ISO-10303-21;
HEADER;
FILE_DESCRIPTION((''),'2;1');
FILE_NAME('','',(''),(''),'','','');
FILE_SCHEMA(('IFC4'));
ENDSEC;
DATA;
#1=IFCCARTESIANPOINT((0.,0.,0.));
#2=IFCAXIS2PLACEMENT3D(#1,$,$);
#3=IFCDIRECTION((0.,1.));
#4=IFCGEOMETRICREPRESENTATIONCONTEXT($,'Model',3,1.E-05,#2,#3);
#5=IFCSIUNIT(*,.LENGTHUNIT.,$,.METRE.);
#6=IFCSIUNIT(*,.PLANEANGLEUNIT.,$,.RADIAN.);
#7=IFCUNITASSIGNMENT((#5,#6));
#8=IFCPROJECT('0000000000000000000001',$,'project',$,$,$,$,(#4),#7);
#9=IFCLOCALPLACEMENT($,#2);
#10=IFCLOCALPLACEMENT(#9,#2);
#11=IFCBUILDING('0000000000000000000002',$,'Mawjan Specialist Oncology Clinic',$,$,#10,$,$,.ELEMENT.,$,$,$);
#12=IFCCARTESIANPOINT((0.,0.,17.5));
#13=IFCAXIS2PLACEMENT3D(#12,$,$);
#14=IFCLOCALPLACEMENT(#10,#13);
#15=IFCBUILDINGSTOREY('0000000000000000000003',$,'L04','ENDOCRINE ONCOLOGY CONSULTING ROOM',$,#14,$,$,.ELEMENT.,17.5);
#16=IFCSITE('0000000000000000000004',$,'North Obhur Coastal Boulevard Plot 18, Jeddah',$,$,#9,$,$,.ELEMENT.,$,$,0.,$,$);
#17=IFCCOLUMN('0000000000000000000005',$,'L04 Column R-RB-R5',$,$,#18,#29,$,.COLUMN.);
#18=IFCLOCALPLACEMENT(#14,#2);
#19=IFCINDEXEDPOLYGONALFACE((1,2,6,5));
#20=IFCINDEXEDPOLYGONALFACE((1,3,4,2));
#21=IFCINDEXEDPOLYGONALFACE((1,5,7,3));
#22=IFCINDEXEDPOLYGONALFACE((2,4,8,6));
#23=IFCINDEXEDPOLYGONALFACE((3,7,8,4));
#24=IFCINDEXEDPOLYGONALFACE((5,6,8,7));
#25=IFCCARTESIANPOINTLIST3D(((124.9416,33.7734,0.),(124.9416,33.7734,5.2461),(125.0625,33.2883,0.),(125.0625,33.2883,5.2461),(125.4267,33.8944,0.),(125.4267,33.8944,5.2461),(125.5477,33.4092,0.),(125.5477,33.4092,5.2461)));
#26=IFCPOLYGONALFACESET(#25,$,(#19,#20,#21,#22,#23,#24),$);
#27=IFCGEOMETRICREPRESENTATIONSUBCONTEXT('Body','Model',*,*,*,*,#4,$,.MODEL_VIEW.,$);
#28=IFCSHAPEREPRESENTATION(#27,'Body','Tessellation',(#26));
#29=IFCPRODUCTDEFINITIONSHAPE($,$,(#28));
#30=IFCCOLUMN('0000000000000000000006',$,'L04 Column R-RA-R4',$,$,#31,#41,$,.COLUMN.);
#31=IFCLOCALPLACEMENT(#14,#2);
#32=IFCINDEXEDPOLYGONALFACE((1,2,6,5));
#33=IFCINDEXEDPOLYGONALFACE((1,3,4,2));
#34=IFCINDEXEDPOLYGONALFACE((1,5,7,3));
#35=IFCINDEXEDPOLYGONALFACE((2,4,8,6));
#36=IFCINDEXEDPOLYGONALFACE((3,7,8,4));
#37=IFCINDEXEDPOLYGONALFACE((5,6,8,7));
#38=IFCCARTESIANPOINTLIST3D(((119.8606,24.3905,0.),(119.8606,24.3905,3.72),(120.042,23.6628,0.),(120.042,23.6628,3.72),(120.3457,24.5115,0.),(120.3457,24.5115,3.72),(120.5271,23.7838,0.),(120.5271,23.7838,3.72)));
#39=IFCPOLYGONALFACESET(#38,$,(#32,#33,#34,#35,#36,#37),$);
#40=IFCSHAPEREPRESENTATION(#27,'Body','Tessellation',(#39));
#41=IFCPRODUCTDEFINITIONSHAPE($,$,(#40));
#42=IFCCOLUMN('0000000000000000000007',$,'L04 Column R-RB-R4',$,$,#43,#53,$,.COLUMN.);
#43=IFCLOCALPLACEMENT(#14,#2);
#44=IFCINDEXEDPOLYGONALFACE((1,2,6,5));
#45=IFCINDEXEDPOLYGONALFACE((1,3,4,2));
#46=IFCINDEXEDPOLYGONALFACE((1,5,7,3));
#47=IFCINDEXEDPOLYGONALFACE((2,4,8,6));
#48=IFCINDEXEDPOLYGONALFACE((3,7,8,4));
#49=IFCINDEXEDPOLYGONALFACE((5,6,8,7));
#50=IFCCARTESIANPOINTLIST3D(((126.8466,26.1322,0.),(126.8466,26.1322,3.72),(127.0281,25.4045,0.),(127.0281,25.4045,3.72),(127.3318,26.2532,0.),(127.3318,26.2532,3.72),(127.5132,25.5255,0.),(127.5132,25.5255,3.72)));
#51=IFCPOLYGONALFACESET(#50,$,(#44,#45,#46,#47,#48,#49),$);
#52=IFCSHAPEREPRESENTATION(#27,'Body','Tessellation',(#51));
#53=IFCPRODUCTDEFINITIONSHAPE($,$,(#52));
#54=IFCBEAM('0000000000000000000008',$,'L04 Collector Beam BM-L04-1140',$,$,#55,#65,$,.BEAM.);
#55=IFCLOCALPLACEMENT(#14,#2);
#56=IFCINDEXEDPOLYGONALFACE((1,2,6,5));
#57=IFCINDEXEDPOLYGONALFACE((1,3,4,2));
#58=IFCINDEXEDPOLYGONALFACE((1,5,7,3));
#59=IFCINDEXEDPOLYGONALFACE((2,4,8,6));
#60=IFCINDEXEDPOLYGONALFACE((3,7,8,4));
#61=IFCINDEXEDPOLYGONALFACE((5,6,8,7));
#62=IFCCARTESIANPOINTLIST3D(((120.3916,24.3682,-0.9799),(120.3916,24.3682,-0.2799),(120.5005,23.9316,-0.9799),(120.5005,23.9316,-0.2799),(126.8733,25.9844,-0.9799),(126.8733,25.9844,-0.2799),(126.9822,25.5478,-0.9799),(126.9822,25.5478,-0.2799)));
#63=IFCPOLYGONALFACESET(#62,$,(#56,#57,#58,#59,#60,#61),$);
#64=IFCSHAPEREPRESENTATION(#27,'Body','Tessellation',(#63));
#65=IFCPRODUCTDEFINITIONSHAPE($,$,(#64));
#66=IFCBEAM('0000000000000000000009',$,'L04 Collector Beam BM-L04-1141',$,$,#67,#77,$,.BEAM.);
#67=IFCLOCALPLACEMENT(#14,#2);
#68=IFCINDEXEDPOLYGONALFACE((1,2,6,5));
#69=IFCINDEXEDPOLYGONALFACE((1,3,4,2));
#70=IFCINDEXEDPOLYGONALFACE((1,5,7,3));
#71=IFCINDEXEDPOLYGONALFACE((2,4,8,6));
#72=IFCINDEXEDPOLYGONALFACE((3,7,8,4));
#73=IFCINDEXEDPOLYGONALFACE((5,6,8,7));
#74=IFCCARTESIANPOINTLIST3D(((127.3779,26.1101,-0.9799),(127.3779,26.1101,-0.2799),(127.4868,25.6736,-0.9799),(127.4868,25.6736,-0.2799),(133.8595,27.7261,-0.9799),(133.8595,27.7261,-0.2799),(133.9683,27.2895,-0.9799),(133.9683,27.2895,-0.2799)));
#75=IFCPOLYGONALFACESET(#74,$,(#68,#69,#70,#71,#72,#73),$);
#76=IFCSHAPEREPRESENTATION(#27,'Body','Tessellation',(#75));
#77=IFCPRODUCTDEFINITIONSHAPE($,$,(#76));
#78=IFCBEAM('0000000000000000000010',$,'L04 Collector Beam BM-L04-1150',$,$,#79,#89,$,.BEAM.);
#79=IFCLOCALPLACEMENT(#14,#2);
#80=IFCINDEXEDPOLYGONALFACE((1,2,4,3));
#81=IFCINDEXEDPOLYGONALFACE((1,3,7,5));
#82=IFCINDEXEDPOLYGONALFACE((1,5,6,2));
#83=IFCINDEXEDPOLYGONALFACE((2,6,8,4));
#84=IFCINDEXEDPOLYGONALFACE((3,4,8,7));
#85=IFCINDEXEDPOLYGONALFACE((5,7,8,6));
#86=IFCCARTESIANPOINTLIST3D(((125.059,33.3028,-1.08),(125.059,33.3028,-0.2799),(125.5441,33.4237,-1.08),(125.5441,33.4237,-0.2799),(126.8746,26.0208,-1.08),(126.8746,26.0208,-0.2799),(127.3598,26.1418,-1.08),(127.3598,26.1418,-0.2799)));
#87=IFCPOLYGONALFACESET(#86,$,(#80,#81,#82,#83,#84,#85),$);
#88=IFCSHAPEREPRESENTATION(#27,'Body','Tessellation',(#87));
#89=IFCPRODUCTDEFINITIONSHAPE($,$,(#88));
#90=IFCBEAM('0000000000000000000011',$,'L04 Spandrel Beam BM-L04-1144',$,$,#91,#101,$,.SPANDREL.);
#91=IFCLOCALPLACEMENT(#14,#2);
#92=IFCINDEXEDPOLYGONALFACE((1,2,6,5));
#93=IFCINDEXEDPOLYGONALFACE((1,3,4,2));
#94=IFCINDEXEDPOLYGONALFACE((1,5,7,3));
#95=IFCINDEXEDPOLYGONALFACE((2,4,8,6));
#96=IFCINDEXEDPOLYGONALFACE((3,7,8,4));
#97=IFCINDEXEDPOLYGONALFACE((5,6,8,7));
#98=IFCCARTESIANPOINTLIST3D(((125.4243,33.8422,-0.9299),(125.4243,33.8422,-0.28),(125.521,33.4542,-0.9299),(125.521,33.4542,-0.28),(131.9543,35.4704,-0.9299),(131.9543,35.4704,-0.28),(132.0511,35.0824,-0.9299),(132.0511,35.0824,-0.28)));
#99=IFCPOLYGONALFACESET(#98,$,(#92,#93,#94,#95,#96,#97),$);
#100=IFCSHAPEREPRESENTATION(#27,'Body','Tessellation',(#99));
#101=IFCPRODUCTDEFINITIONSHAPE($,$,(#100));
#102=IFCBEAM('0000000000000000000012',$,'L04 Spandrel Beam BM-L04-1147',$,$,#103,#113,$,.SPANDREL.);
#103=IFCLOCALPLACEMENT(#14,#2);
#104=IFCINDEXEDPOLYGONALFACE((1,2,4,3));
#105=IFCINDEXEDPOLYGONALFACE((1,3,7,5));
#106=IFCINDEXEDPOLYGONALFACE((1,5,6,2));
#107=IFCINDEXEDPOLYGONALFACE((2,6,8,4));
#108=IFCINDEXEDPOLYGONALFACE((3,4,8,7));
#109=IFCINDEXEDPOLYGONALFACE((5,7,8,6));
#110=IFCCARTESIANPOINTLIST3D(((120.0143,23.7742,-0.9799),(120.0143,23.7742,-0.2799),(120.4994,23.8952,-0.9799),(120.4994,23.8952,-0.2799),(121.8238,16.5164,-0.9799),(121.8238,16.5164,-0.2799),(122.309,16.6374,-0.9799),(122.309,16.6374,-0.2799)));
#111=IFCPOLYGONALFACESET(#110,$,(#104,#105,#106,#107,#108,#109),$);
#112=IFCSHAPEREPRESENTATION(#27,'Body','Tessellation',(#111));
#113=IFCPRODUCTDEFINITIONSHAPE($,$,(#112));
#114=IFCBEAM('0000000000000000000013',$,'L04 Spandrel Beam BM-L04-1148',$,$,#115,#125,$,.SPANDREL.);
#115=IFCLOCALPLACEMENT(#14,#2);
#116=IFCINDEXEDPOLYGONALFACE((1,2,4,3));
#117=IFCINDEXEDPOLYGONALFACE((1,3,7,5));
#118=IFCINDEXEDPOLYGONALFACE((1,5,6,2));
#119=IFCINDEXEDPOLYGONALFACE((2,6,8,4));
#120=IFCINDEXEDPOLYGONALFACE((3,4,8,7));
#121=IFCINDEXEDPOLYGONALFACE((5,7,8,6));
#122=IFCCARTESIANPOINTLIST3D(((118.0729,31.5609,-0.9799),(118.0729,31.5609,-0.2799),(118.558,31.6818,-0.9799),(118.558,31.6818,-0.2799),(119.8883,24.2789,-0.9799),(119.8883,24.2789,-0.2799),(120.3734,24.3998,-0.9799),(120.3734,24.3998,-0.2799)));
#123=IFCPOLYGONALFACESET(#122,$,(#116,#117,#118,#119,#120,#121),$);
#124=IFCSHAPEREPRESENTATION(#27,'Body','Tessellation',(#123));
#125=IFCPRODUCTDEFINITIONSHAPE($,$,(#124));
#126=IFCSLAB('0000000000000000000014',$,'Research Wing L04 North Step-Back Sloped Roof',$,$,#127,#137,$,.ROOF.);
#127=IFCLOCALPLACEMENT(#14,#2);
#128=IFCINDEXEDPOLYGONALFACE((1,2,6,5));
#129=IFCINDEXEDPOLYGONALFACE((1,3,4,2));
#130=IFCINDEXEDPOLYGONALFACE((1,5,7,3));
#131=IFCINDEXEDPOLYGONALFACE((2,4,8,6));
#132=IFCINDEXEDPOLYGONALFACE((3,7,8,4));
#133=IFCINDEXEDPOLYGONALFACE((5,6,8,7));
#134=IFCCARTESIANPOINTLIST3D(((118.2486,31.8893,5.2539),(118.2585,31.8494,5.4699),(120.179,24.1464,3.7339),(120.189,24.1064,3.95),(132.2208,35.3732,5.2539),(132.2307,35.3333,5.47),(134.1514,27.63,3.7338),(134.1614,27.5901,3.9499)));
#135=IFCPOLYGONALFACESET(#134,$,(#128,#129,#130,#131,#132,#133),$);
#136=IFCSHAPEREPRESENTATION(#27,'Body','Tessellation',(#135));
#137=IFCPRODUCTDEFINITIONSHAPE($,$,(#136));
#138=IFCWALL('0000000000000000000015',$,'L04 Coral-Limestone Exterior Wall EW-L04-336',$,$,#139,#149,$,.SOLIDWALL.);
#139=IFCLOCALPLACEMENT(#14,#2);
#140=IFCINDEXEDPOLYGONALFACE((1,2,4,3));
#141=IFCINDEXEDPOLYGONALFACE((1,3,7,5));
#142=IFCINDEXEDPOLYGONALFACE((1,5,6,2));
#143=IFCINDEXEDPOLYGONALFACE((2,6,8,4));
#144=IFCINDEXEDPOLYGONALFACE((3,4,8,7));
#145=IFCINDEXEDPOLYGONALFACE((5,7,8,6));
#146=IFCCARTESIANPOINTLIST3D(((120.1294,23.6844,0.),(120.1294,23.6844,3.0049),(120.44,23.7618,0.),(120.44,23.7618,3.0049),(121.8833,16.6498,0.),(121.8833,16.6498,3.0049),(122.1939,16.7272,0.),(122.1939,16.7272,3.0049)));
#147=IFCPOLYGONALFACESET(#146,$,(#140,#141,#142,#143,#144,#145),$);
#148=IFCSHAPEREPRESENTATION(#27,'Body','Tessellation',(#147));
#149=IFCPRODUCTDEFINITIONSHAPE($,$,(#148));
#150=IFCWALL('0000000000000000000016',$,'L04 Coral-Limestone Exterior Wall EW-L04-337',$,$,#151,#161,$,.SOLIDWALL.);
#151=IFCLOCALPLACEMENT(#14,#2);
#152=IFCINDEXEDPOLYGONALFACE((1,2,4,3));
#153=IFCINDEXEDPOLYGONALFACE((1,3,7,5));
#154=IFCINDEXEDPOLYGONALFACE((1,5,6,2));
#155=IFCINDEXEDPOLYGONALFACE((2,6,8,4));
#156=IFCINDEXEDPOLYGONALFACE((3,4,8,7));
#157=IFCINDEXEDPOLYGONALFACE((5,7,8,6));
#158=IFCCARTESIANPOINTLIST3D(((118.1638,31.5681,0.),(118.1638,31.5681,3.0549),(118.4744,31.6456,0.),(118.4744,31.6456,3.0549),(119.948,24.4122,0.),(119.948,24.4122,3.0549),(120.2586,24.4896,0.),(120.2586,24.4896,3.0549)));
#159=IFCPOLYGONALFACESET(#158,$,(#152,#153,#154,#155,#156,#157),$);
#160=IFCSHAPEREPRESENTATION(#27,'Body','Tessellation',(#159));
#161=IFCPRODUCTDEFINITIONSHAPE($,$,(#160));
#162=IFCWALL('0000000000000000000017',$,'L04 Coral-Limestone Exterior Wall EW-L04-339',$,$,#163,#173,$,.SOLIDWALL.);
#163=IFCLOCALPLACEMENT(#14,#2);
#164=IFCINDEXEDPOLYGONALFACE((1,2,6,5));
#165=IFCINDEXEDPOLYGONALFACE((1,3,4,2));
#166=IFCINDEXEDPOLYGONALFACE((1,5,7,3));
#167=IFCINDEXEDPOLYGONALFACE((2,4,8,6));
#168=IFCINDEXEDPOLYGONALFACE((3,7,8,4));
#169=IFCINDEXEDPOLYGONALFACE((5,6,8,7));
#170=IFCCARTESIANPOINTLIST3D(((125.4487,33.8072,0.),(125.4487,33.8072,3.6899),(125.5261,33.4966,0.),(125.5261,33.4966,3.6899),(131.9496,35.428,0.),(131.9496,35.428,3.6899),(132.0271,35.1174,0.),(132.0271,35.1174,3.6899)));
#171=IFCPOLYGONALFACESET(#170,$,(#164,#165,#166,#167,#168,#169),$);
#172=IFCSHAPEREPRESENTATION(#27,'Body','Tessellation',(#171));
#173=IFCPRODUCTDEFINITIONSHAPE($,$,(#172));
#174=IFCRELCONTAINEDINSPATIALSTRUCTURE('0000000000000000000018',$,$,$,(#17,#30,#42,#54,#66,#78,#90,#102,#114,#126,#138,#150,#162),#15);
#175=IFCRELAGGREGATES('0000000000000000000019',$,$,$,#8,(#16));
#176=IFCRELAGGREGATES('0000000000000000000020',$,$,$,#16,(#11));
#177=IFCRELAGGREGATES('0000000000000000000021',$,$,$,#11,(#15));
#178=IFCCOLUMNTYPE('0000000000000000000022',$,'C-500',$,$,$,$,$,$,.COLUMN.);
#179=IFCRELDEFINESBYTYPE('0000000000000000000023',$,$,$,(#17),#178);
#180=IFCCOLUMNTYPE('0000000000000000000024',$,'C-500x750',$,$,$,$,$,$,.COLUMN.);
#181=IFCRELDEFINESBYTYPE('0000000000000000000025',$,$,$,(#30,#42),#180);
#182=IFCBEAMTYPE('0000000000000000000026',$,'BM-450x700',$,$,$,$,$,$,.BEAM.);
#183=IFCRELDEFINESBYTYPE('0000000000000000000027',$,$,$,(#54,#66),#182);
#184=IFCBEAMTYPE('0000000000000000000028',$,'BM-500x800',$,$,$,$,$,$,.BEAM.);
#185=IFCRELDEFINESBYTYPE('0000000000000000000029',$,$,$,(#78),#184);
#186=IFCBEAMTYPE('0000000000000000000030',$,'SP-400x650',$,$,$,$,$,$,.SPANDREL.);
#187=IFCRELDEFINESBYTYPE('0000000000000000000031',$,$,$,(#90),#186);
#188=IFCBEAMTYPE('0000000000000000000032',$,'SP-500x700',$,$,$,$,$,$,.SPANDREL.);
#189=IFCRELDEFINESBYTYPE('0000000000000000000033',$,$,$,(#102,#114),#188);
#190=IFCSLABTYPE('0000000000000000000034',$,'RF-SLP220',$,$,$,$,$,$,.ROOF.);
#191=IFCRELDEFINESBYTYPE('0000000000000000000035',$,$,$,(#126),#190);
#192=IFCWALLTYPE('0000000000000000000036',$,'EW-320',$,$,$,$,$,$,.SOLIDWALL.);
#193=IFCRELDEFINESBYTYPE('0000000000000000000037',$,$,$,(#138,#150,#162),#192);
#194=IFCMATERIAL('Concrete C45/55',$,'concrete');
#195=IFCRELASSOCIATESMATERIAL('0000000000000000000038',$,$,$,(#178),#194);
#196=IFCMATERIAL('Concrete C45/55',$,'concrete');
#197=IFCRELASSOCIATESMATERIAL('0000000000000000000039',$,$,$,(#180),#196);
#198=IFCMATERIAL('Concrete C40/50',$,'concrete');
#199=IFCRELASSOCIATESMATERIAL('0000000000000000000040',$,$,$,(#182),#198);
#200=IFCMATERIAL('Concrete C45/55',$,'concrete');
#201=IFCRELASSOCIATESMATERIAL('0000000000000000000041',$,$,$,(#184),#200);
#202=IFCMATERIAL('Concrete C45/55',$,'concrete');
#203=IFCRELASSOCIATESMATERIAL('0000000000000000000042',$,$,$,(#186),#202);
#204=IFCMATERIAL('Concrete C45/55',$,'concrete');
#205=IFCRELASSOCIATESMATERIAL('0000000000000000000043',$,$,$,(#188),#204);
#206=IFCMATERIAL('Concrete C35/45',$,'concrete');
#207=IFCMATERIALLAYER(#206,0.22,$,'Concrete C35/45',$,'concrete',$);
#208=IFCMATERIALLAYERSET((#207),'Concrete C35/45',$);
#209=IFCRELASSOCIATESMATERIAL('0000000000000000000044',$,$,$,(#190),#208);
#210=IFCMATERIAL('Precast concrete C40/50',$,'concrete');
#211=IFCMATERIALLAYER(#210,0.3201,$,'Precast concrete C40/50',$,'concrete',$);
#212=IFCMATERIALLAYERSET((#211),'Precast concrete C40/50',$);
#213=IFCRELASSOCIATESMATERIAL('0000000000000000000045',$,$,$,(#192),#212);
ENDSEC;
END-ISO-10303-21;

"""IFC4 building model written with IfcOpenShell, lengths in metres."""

from ifc_helpers import new_model, si_unit, direction, frame, frame_2d, origin, origin_2d, place, context, subcontext, project, spatial, polyline, rectangle, outline, extrude, material, layer, layer_set, material_profile, profile_set, type_object, element, save


model = new_model("IFC4")

# Units and contexts
model_context = context("Model", 3, precision=1e-05, world=origin(), true_north=direction((0.0, 1.0)))
body_context = subcontext(model_context, "Body", "Model", "MODEL_VIEW")
ifc_project = project(units=[si_unit("LENGTHUNIT", "METRE"), si_unit("PLANEANGLEUNIT", "RADIAN")], contexts=[model_context])

# Site, building, storey
site_placement = place(None, origin())
site = spatial("IfcSite", under=ifc_project, at=site_placement, Name="North Obhur Coastal Boulevard Plot 18, Jeddah", CompositionType="ELEMENT", RefElevation=0.0)
building_placement = place(site_placement, origin())
building = spatial("IfcBuilding", under=site, at=building_placement, Name="Mawjan Specialist Oncology Clinic", CompositionType="ELEMENT")
storey_placement = place(building_placement, frame((0.0, 0.0, 17.5)))
storey = spatial("IfcBuildingStorey", under=building, at=storey_placement, Name="L04", Description="ENDOCRINE ONCOLOGY CONSULTING ROOM", CompositionType="ELEMENT", Elevation=17.5)

# Columns
ifc_material_1 = material(Name="Concrete C45/55", Category="concrete")
ifc_material_profile_1 = material_profile(ifc_material_1, rectangle(XDim=0.5, YDim=0.5, at=origin_2d()), Name="RC COL 500x500", Category="concrete")
ifc_profile_set_1 = profile_set([ifc_material_profile_1], Name="Concrete C45/55")
column_type_1 = type_object("IfcColumnType", Name="C-500", PredefinedType="COLUMN", material=ifc_profile_set_1)
column_placement = place(storey_placement, frame((125.2446, 33.5913, 0.0), z_axis=(0.0, 0.0, 1.0), x_axis=(0.970296, 0.241922, 0.0)))
element("IfcColumn", 1, at=column_placement, inside=storey, type_object=column_type_1, Name="L04 Column R-RB-R5", PredefinedType="COLUMN", context=body_context, shape_type="SweptSolid", body=[
    extrude(rectangle(XDim=0.5, YDim=0.5, at=origin_2d()), origin(), (0.0, 0.0, 1.0), 5.2461),
])
ifc_material_2 = material(Name="Concrete C45/55", Category="concrete")
ifc_material_profile_2 = material_profile(ifc_material_2, rectangle(XDim=0.5, YDim=0.75, at=origin_2d()), Name="RC COL 500x750", Category="concrete")
ifc_profile_set_2 = profile_set([ifc_material_profile_2], Name="Concrete C45/55")
column_type_2 = type_object("IfcColumnType", Name="C-500x750", PredefinedType="COLUMN", material=ifc_profile_set_2)
for number, where, z_axis, x_axis, name in (
    (2, (120.1938, 24.0872, 0.0), (0.0, 0.0, 1.0), (0.970296, 0.241922, 0.0), "L04 Column R-RA-R4"),
    (3, (127.1799, 25.8289, 0.0), (0.0, 0.0, 1.0), (0.970296, 0.241922, 0.0), "L04 Column R-RB-R4"),
):
    element("IfcColumn", number, at=place(storey_placement, frame(where, z_axis=z_axis, x_axis=x_axis)), inside=storey, type_object=column_type_2, Name=name, PredefinedType="COLUMN", context=body_context, shape_type="SweptSolid", body=[
        extrude(rectangle(XDim=0.5, YDim=0.75, at=origin_2d()), origin(), (0.0, 0.0, 1.0), 3.72),
    ])

# Beams
ifc_material_3 = material(Name="Concrete C40/50", Category="concrete")
ifc_material_profile_3 = material_profile(ifc_material_3, rectangle(XDim=0.45, YDim=0.7, at=origin_2d()), Name="RC BM 450x700", Category="concrete")
ifc_profile_set_3 = profile_set([ifc_material_profile_3], Name="Concrete C40/50")
beam_type_1 = type_object("IfcBeamType", Name="BM-450x700", PredefinedType="BEAM", material=ifc_profile_set_3)
beam_1_placement = place(storey_placement, frame((120.446, 24.1499, -0.6299), z_axis=(0.970291, 0.241942, 0.0), x_axis=(-0.241942, 0.970291, 0.0)))
element("IfcBeam", 4, at=beam_1_placement, inside=storey, type_object=beam_type_1, Name="L04 Collector Beam BM-L04-1140", PredefinedType="BEAM", context=body_context, shape_type="SweptSolid", body=[
    extrude(rectangle(XDim=0.45, YDim=0.7, at=origin_2d()), origin(), (0.0, 0.0, 1.0), 6.6802),
])
beam_2_placement = place(storey_placement, frame((127.4324, 25.8918, -0.6299), z_axis=(0.970297, 0.241916, 0.0), x_axis=(-0.241916, 0.970297, 0.0)))
element("IfcBeam", 5, at=beam_2_placement, inside=storey, type_object=beam_type_1, Name="L04 Collector Beam BM-L04-1141", PredefinedType="BEAM", context=body_context, shape_type="SweptSolid", body=[
    extrude(rectangle(XDim=0.45, YDim=0.7, at=origin_2d()), origin(), (0.0, 0.0, 1.0), 6.6799),
])
ifc_material_4 = material(Name="Concrete C45/55", Category="concrete")
ifc_material_profile_4 = material_profile(ifc_material_4, rectangle(XDim=0.5, YDim=0.8, at=origin_2d()), Name="RC BM 500x800", Category="concrete")
ifc_profile_set_4 = profile_set([ifc_material_profile_4], Name="Concrete C45/55")
beam_type_2 = type_object("IfcBeamType", Name="BM-500x800", PredefinedType="BEAM", material=ifc_profile_set_4)
beam_3_placement = place(storey_placement, frame((127.1172, 26.0813, -0.6799), z_axis=(-0.241931, 0.970293, 0.0), x_axis=(-0.970293, -0.241931, 0.0)))
element("IfcBeam", 6, at=beam_3_placement, inside=storey, type_object=beam_type_2, Name="L04 Collector Beam BM-L04-1150", PredefinedType="BEAM", context=body_context, shape_type="SweptSolid", body=[
    extrude(rectangle(XDim=0.5, YDim=0.8, at=origin_2d()), origin(), (0.0, 0.0, 1.0), 7.5049),
])
ifc_material_5 = material(Name="Concrete C45/55", Category="concrete")
ifc_material_profile_5 = material_profile(ifc_material_5, rectangle(XDim=0.3999, YDim=0.6499, at=origin_2d()), Name="RC BM 400x650", Category="concrete")
ifc_profile_set_5 = profile_set([ifc_material_profile_5], Name="Concrete C45/55")
beam_type_3 = type_object("IfcBeamType", Name="SP-400x650", PredefinedType="SPANDREL", material=ifc_profile_set_5)
beam_4_placement = place(storey_placement, frame((125.4727, 33.6482, -0.605), z_axis=(0.970294, 0.24193, 0.0), x_axis=(-0.24193, 0.970294, 0.0)))
element("IfcBeam", 7, at=beam_4_placement, inside=storey, type_object=beam_type_3, Name="L04 Spandrel Beam BM-L04-1144", PredefinedType="SPANDREL", context=body_context, shape_type="SweptSolid", body=[
    extrude(rectangle(XDim=0.3999, YDim=0.6499, at=origin_2d()), origin(), (0.0, 0.0, 1.0), 6.73),
])
ifc_material_6 = material(Name="Concrete C45/55", Category="concrete")
ifc_material_profile_6 = material_profile(ifc_material_6, rectangle(XDim=0.5, YDim=0.7, at=origin_2d()), Name="RC BM 500x700", Category="concrete")
ifc_profile_set_6 = profile_set([ifc_material_profile_6], Name="Concrete C45/55")
beam_type_4 = type_object("IfcBeamType", Name="SP-500x700", PredefinedType="SPANDREL", material=ifc_profile_set_6)
beam_5_placement = place(storey_placement, frame((122.0664, 16.5769, -0.6299), z_axis=(-0.241921, 0.970296, 0.0), x_axis=(-0.970296, -0.241921, 0.0)))
element("IfcBeam", 8, at=beam_5_placement, inside=storey, type_object=beam_type_4, Name="L04 Spandrel Beam BM-L04-1147", PredefinedType="SPANDREL", context=body_context, shape_type="SweptSolid", body=[
    extrude(rectangle(XDim=0.5, YDim=0.7, at=origin_2d()), origin(), (0.0, 0.0, 1.0), 7.48),
])
beam_6_placement = place(storey_placement, frame((120.1309, 24.3394, -0.6299), z_axis=(-0.2419, 0.970301, 0.0), x_axis=(-0.970301, -0.2419, 0.0)))
element("IfcBeam", 9, at=beam_6_placement, inside=storey, type_object=beam_type_4, Name="L04 Spandrel Beam BM-L04-1148", PredefinedType="SPANDREL", context=body_context, shape_type="SweptSolid", body=[
    extrude(rectangle(XDim=0.5, YDim=0.7, at=origin_2d()), origin(), (0.0, 0.0, 1.0), 7.5049),
])

# Slab
ifc_material_7 = material(Name="Concrete C35/45", Category="concrete")
ifc_layer_1 = layer(ifc_material_7, 0.22, Name="Concrete C35/45", Category="concrete")
ifc_layer_set_1 = layer_set([ifc_layer_1], Name="Concrete C35/45")
slab_type = type_object("IfcSlabType", Name="RF-SLP220", PredefinedType="ROOF", material=ifc_layer_set_1)
slab_placement = place(storey_placement, frame((120.189, 24.1064, 3.95), z_axis=(0.045268, -0.181554, 0.982338), x_axis=(0.970297, 0.241918, -0.000002)))
element("IfcSlab", 10, at=slab_placement, inside=storey, type_object=slab_type, Name="Research Wing L04 North Step-Back Sloped Roof", PredefinedType="ROOF", context=body_context, shape_type="SweptSolid", body=[
    extrude(outline(polyline([(0.0, 0.0), (14.4001, 0.0), (14.4, 8.1237), (0.0001, 8.1234), (0.0, 0.0)])), origin(), (0.0, 0.0, -1.0), 0.22),
])

# Walls
ifc_material_8 = material(Name="Precast concrete C40/50", Category="concrete")
ifc_layer_2 = layer(ifc_material_8, 0.3201, Name="Precast concrete C40/50", Category="concrete")
ifc_layer_set_2 = layer_set([ifc_layer_2], Name="Precast concrete C40/50")
wall_type_1 = type_object("IfcWallType", Name="EW-320", PredefinedType="SOLIDWALL", material=ifc_layer_set_2)
wall_1_placement = place(storey_placement, frame((122.0386, 16.6885, 0.0), z_axis=(0.0, 0.0, 1.0), x_axis=(-0.241918, 0.970297, 0.0)))
element("IfcWall", 11, at=wall_1_placement, inside=storey, type_object=wall_type_1, Name="L04 Coral-Limestone Exterior Wall EW-L04-336", PredefinedType="SOLIDWALL", context=body_context, shape_type="SweptSolid", body=[
    extrude(rectangle(XDim=7.25, YDim=0.3201, at=frame_2d((3.625, 0.0))), origin(), (0.0, 0.0, 1.0), 3.0049),
])
wall_2_placement = place(storey_placement, frame((120.1033, 24.4509, 0.0), z_axis=(0.0, 0.0, 1.0), x_axis=(-0.24192, 0.970296, 0.0)))
element("IfcWall", 12, at=wall_2_placement, inside=storey, type_object=wall_type_1, Name="L04 Coral-Limestone Exterior Wall EW-L04-337", PredefinedType="SOLIDWALL", context=body_context, shape_type="SweptSolid", body=[
    extrude(rectangle(XDim=7.375, YDim=0.3201, at=frame_2d((3.6875, 0.0))), origin(), (0.0, 0.0, 1.0), 3.0549),
])
wall_3_placement = place(storey_placement, frame((125.4873, 33.6519, 0.0), z_axis=(0.0, 0.0, 1.0), x_axis=(0.970297, 0.241918, 0.0)))
element("IfcWall", 13, at=wall_3_placement, inside=storey, type_object=wall_type_1, Name="L04 Coral-Limestone Exterior Wall EW-L04-339", PredefinedType="SOLIDWALL", context=body_context, shape_type="SweptSolid", body=[
    extrude(rectangle(XDim=6.7, YDim=0.3201, at=frame_2d((3.3501, 0.0))), origin(), (0.0, 0.0, 1.0), 3.6899),
])

save(model, "model.ifc")
